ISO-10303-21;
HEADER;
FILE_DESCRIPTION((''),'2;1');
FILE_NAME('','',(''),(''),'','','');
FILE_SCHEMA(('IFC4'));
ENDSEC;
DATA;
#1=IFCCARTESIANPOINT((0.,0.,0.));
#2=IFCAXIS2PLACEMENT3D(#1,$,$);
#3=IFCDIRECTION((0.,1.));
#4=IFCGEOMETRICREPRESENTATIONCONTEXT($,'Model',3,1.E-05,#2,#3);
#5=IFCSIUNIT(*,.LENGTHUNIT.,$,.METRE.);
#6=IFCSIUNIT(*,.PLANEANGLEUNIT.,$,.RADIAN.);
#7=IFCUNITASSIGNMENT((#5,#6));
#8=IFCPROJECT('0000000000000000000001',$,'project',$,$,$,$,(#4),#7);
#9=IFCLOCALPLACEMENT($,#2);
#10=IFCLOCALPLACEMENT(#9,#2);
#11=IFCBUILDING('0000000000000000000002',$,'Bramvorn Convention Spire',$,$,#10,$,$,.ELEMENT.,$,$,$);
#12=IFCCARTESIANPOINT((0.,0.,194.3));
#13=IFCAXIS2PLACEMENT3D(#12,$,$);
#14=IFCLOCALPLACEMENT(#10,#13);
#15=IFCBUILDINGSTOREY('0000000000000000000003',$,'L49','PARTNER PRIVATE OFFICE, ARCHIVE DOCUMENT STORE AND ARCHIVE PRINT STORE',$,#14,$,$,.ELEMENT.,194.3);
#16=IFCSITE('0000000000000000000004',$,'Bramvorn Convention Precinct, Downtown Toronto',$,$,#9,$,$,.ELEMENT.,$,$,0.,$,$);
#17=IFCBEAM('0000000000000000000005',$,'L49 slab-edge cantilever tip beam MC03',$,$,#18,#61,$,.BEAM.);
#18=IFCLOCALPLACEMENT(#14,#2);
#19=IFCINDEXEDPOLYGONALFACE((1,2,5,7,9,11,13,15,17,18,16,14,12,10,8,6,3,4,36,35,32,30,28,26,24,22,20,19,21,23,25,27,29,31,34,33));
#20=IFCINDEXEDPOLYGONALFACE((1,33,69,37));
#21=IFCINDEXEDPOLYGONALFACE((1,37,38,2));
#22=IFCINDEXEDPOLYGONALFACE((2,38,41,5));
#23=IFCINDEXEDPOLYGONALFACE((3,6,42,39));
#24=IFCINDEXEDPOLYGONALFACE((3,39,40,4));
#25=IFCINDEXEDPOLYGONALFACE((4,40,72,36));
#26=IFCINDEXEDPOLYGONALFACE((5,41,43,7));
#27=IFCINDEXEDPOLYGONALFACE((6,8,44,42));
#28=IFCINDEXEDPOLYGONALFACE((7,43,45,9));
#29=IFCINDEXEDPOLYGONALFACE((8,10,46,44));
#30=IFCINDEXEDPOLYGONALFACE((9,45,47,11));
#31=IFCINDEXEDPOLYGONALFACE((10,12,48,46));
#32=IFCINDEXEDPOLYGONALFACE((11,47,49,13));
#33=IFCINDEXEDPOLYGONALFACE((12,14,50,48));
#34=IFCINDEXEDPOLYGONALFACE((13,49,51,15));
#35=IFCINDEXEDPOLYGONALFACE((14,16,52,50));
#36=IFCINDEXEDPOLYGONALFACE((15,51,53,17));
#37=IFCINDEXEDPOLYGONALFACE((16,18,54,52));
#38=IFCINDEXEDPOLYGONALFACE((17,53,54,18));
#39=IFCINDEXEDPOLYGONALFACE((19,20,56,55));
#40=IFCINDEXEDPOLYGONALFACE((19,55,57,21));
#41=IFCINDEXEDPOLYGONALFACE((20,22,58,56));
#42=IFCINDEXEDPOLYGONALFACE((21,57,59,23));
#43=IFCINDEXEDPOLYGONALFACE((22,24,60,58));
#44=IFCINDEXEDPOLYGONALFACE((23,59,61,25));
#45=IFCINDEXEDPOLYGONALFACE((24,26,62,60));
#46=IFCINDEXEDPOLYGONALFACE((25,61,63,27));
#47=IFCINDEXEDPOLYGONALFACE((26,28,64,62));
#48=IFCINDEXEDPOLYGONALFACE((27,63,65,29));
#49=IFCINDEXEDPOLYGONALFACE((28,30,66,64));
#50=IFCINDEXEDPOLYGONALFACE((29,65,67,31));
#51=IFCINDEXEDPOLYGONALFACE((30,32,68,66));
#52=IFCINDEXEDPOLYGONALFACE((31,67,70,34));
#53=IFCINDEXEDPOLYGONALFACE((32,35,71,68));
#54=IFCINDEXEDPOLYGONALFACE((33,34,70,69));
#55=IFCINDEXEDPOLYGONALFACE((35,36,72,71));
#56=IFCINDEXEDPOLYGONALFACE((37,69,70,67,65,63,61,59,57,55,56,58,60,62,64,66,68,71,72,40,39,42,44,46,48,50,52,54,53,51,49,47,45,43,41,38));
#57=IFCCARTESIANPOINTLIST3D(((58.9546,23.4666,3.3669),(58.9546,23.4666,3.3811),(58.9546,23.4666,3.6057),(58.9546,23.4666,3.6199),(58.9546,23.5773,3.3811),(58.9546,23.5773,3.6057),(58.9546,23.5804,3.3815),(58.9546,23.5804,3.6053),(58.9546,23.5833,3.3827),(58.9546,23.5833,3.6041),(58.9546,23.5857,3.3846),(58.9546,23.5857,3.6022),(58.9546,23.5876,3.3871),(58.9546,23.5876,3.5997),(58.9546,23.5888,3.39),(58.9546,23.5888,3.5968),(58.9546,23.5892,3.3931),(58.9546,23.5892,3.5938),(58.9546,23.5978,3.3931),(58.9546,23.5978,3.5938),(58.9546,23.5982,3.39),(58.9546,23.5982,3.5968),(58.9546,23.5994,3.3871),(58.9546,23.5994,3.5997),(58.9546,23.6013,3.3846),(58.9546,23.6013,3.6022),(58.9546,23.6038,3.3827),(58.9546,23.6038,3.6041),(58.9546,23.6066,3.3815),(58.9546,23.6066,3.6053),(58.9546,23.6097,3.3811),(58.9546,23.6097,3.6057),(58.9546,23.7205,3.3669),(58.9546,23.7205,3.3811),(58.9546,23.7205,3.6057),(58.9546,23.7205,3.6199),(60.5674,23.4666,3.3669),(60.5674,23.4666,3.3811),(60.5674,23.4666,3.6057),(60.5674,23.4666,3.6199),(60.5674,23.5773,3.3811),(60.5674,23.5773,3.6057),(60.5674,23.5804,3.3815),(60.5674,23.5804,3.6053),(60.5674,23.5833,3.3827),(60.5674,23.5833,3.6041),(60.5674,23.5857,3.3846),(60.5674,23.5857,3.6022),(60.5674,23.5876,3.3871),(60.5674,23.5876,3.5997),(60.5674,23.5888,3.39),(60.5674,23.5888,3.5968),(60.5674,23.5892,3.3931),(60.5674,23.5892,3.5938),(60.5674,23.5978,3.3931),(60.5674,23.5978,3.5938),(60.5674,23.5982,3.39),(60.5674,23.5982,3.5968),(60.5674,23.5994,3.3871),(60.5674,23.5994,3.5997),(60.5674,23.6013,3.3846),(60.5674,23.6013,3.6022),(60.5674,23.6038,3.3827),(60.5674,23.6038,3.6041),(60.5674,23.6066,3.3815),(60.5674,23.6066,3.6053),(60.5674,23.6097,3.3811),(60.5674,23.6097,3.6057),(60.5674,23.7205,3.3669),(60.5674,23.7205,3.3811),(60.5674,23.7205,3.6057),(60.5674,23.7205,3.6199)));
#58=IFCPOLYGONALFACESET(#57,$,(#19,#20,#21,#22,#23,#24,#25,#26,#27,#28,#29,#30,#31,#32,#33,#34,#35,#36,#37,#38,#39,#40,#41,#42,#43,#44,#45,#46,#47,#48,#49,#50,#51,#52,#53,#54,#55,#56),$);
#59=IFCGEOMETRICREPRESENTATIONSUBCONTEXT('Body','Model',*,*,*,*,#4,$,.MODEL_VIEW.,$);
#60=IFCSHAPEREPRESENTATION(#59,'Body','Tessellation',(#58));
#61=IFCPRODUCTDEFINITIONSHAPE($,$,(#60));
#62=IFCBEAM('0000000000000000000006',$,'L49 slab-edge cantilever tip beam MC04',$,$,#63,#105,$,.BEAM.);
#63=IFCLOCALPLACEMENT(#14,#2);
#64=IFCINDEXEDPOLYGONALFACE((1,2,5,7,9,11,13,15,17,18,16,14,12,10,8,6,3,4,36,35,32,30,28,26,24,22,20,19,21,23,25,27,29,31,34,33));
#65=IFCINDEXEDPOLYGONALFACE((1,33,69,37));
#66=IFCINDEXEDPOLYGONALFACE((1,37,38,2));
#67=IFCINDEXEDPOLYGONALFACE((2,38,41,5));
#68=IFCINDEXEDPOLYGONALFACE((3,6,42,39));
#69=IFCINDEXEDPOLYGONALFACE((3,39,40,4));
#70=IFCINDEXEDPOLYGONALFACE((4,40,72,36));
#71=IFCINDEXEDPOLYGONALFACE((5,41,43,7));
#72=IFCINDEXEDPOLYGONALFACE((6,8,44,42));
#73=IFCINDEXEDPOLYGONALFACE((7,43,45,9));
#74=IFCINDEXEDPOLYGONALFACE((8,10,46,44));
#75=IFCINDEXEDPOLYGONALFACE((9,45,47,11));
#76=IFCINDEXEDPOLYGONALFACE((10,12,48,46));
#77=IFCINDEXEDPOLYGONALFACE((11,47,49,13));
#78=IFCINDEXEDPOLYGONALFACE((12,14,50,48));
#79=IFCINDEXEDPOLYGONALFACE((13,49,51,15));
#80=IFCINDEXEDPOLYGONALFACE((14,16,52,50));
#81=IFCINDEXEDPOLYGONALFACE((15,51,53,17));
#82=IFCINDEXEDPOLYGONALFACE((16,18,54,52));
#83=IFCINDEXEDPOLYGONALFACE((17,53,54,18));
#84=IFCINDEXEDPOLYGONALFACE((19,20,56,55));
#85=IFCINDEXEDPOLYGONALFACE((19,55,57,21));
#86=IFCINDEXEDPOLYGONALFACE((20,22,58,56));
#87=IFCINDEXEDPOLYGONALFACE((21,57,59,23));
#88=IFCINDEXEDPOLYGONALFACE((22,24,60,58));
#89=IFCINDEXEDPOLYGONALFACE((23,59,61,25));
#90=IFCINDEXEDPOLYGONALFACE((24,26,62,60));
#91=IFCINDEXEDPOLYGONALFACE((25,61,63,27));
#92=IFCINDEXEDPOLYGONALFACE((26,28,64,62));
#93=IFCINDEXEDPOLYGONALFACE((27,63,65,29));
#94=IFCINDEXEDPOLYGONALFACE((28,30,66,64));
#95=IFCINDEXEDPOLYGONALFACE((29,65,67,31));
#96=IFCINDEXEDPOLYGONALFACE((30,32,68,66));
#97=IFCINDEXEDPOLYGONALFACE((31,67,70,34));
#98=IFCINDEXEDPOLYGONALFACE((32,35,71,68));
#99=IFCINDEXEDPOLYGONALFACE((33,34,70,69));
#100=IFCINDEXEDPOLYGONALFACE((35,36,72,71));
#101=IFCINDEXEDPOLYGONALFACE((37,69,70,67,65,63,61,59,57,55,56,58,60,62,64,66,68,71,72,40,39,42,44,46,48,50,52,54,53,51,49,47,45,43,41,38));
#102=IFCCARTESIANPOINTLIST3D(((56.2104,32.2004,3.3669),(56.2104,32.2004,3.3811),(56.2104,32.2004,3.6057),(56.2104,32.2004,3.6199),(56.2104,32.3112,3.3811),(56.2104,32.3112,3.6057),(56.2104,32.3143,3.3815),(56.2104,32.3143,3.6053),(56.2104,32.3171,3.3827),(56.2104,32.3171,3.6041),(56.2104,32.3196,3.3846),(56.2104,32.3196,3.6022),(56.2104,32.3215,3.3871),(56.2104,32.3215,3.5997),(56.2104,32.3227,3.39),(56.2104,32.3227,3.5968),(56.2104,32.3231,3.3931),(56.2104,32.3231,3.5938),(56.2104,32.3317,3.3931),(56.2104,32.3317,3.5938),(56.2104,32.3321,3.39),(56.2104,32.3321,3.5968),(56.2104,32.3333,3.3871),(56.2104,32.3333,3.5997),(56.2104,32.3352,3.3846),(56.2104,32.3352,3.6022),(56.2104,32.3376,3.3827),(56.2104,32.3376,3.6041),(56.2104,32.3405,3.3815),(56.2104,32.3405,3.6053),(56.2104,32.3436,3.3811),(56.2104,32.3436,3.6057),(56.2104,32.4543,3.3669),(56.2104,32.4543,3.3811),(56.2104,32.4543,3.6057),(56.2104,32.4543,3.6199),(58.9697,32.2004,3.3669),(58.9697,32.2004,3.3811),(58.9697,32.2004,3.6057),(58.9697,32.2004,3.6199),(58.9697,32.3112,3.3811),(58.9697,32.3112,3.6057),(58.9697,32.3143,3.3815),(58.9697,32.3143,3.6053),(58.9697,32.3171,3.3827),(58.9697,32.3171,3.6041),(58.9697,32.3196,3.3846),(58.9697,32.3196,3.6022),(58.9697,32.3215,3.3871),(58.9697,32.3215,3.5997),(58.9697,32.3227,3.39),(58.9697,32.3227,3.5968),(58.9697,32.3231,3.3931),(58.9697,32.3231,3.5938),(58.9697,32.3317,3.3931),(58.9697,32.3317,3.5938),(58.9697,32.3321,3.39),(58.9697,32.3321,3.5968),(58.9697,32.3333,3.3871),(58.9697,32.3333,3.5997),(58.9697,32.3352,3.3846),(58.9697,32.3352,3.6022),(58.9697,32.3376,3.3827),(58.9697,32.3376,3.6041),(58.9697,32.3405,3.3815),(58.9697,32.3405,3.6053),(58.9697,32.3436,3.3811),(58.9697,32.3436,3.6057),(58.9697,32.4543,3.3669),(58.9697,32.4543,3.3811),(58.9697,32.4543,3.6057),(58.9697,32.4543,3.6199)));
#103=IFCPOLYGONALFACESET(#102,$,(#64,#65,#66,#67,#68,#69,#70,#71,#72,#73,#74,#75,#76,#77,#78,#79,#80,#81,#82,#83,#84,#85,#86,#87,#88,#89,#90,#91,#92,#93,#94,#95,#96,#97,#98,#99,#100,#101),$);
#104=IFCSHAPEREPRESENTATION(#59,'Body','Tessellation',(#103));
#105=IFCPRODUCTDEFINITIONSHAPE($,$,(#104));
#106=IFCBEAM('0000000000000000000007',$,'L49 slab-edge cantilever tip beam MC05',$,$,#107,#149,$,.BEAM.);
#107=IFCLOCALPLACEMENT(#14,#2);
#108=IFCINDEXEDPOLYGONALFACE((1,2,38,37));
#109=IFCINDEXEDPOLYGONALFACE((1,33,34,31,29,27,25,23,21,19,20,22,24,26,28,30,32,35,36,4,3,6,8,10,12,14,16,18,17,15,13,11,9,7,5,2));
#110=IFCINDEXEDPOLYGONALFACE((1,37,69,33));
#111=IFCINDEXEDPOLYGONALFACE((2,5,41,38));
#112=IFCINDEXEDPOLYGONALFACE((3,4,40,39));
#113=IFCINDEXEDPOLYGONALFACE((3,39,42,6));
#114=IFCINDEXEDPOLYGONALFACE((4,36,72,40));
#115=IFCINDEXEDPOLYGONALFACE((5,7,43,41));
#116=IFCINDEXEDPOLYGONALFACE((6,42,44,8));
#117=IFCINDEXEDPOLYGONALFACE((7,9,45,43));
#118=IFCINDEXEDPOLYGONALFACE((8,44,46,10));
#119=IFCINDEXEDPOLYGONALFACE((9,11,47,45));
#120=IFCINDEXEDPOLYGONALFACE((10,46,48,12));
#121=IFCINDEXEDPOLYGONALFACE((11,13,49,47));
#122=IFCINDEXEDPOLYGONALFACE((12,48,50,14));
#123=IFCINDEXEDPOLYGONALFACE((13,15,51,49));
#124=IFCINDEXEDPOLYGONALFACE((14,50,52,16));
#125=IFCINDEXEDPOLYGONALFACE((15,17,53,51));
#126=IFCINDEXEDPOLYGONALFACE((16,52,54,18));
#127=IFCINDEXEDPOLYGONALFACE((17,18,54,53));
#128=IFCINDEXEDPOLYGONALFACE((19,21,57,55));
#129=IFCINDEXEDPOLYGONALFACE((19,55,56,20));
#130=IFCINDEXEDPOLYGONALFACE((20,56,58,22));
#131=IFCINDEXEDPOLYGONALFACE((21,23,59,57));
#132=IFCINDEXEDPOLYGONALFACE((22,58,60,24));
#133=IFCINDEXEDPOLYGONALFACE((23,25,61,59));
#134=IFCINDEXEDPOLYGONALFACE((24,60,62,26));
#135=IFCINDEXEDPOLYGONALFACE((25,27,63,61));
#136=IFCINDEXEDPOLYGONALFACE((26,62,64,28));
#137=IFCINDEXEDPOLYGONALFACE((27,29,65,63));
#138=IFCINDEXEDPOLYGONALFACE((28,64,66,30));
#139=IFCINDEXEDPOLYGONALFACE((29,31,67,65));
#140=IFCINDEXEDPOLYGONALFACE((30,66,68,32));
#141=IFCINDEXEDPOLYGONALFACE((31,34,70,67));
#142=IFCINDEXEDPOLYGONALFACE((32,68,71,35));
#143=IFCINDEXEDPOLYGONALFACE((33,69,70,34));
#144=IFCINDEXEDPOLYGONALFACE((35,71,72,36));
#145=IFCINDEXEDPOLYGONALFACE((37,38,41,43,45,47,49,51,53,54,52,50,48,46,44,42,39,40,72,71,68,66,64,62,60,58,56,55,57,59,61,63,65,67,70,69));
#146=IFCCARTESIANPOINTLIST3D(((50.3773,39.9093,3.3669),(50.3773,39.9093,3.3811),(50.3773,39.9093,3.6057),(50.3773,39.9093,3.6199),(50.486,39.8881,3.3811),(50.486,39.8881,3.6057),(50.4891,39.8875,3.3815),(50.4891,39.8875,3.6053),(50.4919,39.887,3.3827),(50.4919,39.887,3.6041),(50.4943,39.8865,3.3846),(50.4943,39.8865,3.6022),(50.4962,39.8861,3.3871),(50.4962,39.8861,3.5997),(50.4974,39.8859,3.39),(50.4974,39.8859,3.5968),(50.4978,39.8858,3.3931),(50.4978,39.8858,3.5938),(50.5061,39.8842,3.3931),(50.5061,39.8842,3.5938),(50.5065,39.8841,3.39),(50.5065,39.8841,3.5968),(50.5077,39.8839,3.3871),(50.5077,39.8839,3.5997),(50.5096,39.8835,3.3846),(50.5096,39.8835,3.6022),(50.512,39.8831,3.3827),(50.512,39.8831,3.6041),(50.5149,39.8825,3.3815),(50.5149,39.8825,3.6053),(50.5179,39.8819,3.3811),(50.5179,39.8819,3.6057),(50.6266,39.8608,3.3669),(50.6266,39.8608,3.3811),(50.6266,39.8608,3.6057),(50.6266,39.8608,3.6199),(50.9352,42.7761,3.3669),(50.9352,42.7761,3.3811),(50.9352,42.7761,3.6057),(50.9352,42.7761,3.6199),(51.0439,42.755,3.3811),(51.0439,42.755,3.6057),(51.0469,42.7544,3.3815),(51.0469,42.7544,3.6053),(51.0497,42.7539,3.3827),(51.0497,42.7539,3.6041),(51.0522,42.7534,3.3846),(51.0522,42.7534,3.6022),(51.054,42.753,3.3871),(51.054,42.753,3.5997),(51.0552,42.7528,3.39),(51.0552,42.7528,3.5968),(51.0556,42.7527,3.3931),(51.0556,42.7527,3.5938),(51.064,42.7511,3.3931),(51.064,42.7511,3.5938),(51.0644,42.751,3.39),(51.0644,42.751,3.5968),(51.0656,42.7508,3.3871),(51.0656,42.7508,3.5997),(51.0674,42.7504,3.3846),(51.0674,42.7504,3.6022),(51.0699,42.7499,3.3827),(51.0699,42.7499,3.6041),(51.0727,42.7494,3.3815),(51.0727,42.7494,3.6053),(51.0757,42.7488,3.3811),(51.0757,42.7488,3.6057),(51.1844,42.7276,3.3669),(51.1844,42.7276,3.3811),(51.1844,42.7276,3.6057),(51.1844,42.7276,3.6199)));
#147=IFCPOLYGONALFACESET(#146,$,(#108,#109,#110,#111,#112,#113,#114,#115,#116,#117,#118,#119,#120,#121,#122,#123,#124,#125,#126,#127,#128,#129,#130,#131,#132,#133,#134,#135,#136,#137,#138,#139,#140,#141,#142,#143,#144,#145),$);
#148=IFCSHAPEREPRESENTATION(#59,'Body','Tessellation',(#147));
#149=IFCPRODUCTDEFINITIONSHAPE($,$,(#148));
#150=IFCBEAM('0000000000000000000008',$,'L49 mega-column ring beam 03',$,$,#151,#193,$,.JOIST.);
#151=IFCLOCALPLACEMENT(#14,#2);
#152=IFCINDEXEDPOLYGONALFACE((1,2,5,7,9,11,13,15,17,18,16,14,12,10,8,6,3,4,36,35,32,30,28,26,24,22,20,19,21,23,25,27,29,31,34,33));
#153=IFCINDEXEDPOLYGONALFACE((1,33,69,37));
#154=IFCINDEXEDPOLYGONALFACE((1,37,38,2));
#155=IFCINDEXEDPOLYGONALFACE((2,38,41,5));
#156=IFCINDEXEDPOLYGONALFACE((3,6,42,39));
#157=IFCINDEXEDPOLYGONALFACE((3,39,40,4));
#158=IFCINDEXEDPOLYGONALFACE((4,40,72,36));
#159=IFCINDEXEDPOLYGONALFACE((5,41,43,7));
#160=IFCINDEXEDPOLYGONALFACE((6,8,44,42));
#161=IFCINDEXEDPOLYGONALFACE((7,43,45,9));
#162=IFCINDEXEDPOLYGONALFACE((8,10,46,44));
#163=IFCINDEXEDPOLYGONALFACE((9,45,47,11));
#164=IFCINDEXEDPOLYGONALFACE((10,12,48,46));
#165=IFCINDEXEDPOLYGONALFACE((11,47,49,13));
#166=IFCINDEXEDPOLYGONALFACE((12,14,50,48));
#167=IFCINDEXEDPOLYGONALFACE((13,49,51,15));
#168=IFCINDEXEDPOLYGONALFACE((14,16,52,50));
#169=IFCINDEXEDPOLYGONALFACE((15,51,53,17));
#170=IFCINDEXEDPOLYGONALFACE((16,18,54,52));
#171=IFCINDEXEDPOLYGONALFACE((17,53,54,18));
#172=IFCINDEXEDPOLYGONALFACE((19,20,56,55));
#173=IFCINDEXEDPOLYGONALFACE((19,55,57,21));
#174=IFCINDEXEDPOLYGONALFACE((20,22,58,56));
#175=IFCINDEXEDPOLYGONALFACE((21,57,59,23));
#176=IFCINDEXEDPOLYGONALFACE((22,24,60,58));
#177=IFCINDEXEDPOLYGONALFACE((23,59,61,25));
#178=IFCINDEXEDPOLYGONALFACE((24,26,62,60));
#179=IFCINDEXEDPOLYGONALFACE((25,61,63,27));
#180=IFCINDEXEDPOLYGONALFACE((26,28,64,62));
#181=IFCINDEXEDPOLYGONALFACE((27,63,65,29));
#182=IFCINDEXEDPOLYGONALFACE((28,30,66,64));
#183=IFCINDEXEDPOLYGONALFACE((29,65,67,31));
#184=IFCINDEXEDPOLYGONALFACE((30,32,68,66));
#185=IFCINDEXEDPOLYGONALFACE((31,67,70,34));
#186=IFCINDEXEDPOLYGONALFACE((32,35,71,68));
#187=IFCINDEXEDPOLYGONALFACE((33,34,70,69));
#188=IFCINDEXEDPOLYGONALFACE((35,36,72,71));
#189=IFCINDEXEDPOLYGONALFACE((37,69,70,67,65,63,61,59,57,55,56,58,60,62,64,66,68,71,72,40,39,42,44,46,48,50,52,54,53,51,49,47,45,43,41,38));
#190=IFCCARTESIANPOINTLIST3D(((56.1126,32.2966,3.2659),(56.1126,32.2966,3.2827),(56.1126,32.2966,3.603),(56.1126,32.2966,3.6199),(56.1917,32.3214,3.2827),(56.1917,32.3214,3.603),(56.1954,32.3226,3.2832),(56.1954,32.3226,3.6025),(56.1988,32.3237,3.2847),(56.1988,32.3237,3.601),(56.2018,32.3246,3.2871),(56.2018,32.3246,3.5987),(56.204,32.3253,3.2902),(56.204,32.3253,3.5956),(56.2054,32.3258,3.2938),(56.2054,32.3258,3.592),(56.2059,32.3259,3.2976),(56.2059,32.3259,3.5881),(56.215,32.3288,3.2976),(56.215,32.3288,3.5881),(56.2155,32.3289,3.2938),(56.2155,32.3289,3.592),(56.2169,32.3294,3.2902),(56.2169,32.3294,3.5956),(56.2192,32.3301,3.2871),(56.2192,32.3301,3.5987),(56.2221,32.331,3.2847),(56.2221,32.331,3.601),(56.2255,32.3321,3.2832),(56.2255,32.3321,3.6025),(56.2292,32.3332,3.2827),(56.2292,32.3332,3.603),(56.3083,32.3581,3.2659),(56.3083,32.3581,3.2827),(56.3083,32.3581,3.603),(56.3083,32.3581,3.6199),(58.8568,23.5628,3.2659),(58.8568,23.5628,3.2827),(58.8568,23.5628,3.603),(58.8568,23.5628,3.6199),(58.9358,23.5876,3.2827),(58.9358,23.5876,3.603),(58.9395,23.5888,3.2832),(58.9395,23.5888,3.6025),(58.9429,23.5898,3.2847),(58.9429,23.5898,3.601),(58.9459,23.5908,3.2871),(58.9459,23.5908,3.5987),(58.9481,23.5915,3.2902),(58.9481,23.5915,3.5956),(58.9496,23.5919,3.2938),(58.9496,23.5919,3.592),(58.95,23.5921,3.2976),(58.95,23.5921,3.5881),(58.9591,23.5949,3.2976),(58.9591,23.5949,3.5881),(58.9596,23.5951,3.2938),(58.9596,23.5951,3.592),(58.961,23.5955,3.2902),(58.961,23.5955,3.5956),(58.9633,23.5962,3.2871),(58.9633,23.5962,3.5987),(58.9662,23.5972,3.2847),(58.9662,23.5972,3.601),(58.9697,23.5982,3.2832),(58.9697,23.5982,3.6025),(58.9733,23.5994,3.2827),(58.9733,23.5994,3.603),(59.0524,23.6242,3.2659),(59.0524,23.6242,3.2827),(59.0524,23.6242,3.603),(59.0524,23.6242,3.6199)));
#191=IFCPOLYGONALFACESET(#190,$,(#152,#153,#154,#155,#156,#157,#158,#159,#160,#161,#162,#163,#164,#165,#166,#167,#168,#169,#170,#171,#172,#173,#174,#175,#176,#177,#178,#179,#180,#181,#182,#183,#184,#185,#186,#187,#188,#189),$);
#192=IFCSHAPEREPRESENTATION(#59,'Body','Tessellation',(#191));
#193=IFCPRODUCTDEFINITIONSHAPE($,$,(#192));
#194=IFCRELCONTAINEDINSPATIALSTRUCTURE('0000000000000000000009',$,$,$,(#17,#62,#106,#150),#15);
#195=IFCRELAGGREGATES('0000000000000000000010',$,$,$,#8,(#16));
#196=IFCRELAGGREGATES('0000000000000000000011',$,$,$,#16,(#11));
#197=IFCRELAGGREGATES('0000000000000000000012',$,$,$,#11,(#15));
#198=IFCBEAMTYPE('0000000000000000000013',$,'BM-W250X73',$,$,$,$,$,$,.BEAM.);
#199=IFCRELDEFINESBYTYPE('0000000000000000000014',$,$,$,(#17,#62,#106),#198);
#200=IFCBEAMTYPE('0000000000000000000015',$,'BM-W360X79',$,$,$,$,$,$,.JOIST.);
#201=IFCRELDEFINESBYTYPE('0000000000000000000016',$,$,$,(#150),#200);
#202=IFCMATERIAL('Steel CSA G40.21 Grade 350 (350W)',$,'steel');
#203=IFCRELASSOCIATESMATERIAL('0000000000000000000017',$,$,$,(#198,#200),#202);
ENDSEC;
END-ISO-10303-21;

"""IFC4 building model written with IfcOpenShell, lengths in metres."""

from ifc_helpers import new_model, si_unit, direction, frame, origin, origin_2d, place, context, subcontext, project, spatial, i_section, extrude, material, material_profile, profile_set, type_object, element, save


model = new_model("IFC4")

# Units and contexts
model_context = context("Model", 3, precision=1e-05, world=origin(), true_north=direction((0.0, 1.0)))
body_context = subcontext(model_context, "Body", "Model", "MODEL_VIEW")
ifc_project = project(units=[si_unit("LENGTHUNIT", "METRE"), si_unit("PLANEANGLEUNIT", "RADIAN")], contexts=[model_context])

# Site, building, storey
site_placement = place(None, origin())
site = spatial("IfcSite", under=ifc_project, at=site_placement, Name="Bramvorn Convention Precinct, Downtown Toronto", CompositionType="ELEMENT", RefElevation=0.0)
building_placement = place(site_placement, origin())
building = spatial("IfcBuilding", under=site, at=building_placement, Name="Bramvorn Convention Spire", CompositionType="ELEMENT")
storey_placement = place(building_placement, frame((0.0, 0.0, 194.3)))
storey = spatial("IfcBuildingStorey", under=building, at=storey_placement, Name="L49", Description="PARTNER PRIVATE OFFICE, ARCHIVE DOCUMENT STORE AND ARCHIVE PRINT STORE", CompositionType="ELEMENT", Elevation=194.3)

# Shared definitions
ifc_material_1 = material(Name="Steel CSA G40.21 Grade 350 (350W)", Category="steel")

# Beams
ifc_material_profile_1 = material_profile(ifc_material_1, i_section(OverallWidth=0.2539, OverallDepth=0.2529, WebThickness=0.0085, FlangeThickness=0.0142, FilletRadius=0.012, at=origin_2d()))
ifc_profile_set_1 = profile_set([ifc_material_profile_1], Name="Steel CSA G40.21 Grade 350 (350W) - W250X73")
beam_type_1 = type_object("IfcBeamType", Name="BM-W250X73", PredefinedType="BEAM", material=ifc_profile_set_1)
beam_1_placement = place(storey_placement, frame((58.9546, 23.5935, 3.4934), z_axis=(1.0, 0.0, 0.0), x_axis=(0.0, 1.0, 0.0)))
element("IfcBeam", 1, at=beam_1_placement, inside=storey, type_object=beam_type_1, Name="L49 slab-edge cantilever tip beam MC03", PredefinedType="BEAM", context=body_context, shape_type="SweptSolid", body=[
    extrude(i_section(OverallWidth=0.2539, OverallDepth=0.2529, WebThickness=0.0085, FlangeThickness=0.0142, FilletRadius=0.012, at=origin_2d()), origin(), (0.0, 0.0, 1.0), 1.6128),
])
beam_2_placement = place(storey_placement, frame((56.2104, 32.3274, 3.4934), z_axis=(1.0, 0.0, 0.0), x_axis=(0.0, 1.0, 0.0)))
element("IfcBeam", 2, at=beam_2_placement, inside=storey, type_object=beam_type_1, Name="L49 slab-edge cantilever tip beam MC04", PredefinedType="BEAM", context=body_context, shape_type="SweptSolid", body=[
    extrude(i_section(OverallWidth=0.2539, OverallDepth=0.2529, WebThickness=0.0085, FlangeThickness=0.0142, FilletRadius=0.012, at=origin_2d()), origin(), (0.0, 0.0, 1.0), 2.7593),
])
beam_3_placement = place(storey_placement, frame((50.502, 39.885, 3.4934), z_axis=(0.191002, 0.98159, 0.0), x_axis=(-0.98159, 0.191002, 0.0)))
element("IfcBeam", 3, at=beam_3_placement, inside=storey, type_object=beam_type_1, Name="L49 slab-edge cantilever tip beam MC05", PredefinedType="BEAM", context=body_context, shape_type="SweptSolid", body=[
    extrude(i_section(OverallWidth=0.2539, OverallDepth=0.2529, WebThickness=0.0085, FlangeThickness=0.0142, FilletRadius=0.012, at=origin_2d()), origin(), (0.0, 0.0, 1.0), 2.9207),
])
ifc_material_profile_2 = material_profile(ifc_material_1, i_section(OverallWidth=0.2051, OverallDepth=0.354, WebThickness=0.0095, FlangeThickness=0.0168, FilletRadius=0.0149, at=origin_2d()))
ifc_profile_set_2 = profile_set([ifc_material_profile_2], Name="Steel CSA G40.21 Grade 350 (350W) - W360X79")
beam_type_2 = type_object("IfcBeamType", Name="BM-W360X79", PredefinedType="JOIST", material=ifc_profile_set_2)
beam_4_placement = place(storey_placement, frame((58.9546, 23.5935, 3.4429), z_axis=(-0.299748, 0.954019, 0.0), x_axis=(-0.954019, -0.299748, 0.0)))
element("IfcBeam", 4, at=beam_4_placement, inside=storey, type_object=beam_type_2, Name="L49 mega-column ring beam 03", PredefinedType="JOIST", context=body_context, shape_type="SweptSolid", body=[
    extrude(i_section(OverallWidth=0.2051, OverallDepth=0.354, WebThickness=0.0095, FlangeThickness=0.0168, FilletRadius=0.0149, at=origin_2d()), origin(), (0.0, 0.0, 1.0), 9.1548),
])

save(model, "model.ifc")
